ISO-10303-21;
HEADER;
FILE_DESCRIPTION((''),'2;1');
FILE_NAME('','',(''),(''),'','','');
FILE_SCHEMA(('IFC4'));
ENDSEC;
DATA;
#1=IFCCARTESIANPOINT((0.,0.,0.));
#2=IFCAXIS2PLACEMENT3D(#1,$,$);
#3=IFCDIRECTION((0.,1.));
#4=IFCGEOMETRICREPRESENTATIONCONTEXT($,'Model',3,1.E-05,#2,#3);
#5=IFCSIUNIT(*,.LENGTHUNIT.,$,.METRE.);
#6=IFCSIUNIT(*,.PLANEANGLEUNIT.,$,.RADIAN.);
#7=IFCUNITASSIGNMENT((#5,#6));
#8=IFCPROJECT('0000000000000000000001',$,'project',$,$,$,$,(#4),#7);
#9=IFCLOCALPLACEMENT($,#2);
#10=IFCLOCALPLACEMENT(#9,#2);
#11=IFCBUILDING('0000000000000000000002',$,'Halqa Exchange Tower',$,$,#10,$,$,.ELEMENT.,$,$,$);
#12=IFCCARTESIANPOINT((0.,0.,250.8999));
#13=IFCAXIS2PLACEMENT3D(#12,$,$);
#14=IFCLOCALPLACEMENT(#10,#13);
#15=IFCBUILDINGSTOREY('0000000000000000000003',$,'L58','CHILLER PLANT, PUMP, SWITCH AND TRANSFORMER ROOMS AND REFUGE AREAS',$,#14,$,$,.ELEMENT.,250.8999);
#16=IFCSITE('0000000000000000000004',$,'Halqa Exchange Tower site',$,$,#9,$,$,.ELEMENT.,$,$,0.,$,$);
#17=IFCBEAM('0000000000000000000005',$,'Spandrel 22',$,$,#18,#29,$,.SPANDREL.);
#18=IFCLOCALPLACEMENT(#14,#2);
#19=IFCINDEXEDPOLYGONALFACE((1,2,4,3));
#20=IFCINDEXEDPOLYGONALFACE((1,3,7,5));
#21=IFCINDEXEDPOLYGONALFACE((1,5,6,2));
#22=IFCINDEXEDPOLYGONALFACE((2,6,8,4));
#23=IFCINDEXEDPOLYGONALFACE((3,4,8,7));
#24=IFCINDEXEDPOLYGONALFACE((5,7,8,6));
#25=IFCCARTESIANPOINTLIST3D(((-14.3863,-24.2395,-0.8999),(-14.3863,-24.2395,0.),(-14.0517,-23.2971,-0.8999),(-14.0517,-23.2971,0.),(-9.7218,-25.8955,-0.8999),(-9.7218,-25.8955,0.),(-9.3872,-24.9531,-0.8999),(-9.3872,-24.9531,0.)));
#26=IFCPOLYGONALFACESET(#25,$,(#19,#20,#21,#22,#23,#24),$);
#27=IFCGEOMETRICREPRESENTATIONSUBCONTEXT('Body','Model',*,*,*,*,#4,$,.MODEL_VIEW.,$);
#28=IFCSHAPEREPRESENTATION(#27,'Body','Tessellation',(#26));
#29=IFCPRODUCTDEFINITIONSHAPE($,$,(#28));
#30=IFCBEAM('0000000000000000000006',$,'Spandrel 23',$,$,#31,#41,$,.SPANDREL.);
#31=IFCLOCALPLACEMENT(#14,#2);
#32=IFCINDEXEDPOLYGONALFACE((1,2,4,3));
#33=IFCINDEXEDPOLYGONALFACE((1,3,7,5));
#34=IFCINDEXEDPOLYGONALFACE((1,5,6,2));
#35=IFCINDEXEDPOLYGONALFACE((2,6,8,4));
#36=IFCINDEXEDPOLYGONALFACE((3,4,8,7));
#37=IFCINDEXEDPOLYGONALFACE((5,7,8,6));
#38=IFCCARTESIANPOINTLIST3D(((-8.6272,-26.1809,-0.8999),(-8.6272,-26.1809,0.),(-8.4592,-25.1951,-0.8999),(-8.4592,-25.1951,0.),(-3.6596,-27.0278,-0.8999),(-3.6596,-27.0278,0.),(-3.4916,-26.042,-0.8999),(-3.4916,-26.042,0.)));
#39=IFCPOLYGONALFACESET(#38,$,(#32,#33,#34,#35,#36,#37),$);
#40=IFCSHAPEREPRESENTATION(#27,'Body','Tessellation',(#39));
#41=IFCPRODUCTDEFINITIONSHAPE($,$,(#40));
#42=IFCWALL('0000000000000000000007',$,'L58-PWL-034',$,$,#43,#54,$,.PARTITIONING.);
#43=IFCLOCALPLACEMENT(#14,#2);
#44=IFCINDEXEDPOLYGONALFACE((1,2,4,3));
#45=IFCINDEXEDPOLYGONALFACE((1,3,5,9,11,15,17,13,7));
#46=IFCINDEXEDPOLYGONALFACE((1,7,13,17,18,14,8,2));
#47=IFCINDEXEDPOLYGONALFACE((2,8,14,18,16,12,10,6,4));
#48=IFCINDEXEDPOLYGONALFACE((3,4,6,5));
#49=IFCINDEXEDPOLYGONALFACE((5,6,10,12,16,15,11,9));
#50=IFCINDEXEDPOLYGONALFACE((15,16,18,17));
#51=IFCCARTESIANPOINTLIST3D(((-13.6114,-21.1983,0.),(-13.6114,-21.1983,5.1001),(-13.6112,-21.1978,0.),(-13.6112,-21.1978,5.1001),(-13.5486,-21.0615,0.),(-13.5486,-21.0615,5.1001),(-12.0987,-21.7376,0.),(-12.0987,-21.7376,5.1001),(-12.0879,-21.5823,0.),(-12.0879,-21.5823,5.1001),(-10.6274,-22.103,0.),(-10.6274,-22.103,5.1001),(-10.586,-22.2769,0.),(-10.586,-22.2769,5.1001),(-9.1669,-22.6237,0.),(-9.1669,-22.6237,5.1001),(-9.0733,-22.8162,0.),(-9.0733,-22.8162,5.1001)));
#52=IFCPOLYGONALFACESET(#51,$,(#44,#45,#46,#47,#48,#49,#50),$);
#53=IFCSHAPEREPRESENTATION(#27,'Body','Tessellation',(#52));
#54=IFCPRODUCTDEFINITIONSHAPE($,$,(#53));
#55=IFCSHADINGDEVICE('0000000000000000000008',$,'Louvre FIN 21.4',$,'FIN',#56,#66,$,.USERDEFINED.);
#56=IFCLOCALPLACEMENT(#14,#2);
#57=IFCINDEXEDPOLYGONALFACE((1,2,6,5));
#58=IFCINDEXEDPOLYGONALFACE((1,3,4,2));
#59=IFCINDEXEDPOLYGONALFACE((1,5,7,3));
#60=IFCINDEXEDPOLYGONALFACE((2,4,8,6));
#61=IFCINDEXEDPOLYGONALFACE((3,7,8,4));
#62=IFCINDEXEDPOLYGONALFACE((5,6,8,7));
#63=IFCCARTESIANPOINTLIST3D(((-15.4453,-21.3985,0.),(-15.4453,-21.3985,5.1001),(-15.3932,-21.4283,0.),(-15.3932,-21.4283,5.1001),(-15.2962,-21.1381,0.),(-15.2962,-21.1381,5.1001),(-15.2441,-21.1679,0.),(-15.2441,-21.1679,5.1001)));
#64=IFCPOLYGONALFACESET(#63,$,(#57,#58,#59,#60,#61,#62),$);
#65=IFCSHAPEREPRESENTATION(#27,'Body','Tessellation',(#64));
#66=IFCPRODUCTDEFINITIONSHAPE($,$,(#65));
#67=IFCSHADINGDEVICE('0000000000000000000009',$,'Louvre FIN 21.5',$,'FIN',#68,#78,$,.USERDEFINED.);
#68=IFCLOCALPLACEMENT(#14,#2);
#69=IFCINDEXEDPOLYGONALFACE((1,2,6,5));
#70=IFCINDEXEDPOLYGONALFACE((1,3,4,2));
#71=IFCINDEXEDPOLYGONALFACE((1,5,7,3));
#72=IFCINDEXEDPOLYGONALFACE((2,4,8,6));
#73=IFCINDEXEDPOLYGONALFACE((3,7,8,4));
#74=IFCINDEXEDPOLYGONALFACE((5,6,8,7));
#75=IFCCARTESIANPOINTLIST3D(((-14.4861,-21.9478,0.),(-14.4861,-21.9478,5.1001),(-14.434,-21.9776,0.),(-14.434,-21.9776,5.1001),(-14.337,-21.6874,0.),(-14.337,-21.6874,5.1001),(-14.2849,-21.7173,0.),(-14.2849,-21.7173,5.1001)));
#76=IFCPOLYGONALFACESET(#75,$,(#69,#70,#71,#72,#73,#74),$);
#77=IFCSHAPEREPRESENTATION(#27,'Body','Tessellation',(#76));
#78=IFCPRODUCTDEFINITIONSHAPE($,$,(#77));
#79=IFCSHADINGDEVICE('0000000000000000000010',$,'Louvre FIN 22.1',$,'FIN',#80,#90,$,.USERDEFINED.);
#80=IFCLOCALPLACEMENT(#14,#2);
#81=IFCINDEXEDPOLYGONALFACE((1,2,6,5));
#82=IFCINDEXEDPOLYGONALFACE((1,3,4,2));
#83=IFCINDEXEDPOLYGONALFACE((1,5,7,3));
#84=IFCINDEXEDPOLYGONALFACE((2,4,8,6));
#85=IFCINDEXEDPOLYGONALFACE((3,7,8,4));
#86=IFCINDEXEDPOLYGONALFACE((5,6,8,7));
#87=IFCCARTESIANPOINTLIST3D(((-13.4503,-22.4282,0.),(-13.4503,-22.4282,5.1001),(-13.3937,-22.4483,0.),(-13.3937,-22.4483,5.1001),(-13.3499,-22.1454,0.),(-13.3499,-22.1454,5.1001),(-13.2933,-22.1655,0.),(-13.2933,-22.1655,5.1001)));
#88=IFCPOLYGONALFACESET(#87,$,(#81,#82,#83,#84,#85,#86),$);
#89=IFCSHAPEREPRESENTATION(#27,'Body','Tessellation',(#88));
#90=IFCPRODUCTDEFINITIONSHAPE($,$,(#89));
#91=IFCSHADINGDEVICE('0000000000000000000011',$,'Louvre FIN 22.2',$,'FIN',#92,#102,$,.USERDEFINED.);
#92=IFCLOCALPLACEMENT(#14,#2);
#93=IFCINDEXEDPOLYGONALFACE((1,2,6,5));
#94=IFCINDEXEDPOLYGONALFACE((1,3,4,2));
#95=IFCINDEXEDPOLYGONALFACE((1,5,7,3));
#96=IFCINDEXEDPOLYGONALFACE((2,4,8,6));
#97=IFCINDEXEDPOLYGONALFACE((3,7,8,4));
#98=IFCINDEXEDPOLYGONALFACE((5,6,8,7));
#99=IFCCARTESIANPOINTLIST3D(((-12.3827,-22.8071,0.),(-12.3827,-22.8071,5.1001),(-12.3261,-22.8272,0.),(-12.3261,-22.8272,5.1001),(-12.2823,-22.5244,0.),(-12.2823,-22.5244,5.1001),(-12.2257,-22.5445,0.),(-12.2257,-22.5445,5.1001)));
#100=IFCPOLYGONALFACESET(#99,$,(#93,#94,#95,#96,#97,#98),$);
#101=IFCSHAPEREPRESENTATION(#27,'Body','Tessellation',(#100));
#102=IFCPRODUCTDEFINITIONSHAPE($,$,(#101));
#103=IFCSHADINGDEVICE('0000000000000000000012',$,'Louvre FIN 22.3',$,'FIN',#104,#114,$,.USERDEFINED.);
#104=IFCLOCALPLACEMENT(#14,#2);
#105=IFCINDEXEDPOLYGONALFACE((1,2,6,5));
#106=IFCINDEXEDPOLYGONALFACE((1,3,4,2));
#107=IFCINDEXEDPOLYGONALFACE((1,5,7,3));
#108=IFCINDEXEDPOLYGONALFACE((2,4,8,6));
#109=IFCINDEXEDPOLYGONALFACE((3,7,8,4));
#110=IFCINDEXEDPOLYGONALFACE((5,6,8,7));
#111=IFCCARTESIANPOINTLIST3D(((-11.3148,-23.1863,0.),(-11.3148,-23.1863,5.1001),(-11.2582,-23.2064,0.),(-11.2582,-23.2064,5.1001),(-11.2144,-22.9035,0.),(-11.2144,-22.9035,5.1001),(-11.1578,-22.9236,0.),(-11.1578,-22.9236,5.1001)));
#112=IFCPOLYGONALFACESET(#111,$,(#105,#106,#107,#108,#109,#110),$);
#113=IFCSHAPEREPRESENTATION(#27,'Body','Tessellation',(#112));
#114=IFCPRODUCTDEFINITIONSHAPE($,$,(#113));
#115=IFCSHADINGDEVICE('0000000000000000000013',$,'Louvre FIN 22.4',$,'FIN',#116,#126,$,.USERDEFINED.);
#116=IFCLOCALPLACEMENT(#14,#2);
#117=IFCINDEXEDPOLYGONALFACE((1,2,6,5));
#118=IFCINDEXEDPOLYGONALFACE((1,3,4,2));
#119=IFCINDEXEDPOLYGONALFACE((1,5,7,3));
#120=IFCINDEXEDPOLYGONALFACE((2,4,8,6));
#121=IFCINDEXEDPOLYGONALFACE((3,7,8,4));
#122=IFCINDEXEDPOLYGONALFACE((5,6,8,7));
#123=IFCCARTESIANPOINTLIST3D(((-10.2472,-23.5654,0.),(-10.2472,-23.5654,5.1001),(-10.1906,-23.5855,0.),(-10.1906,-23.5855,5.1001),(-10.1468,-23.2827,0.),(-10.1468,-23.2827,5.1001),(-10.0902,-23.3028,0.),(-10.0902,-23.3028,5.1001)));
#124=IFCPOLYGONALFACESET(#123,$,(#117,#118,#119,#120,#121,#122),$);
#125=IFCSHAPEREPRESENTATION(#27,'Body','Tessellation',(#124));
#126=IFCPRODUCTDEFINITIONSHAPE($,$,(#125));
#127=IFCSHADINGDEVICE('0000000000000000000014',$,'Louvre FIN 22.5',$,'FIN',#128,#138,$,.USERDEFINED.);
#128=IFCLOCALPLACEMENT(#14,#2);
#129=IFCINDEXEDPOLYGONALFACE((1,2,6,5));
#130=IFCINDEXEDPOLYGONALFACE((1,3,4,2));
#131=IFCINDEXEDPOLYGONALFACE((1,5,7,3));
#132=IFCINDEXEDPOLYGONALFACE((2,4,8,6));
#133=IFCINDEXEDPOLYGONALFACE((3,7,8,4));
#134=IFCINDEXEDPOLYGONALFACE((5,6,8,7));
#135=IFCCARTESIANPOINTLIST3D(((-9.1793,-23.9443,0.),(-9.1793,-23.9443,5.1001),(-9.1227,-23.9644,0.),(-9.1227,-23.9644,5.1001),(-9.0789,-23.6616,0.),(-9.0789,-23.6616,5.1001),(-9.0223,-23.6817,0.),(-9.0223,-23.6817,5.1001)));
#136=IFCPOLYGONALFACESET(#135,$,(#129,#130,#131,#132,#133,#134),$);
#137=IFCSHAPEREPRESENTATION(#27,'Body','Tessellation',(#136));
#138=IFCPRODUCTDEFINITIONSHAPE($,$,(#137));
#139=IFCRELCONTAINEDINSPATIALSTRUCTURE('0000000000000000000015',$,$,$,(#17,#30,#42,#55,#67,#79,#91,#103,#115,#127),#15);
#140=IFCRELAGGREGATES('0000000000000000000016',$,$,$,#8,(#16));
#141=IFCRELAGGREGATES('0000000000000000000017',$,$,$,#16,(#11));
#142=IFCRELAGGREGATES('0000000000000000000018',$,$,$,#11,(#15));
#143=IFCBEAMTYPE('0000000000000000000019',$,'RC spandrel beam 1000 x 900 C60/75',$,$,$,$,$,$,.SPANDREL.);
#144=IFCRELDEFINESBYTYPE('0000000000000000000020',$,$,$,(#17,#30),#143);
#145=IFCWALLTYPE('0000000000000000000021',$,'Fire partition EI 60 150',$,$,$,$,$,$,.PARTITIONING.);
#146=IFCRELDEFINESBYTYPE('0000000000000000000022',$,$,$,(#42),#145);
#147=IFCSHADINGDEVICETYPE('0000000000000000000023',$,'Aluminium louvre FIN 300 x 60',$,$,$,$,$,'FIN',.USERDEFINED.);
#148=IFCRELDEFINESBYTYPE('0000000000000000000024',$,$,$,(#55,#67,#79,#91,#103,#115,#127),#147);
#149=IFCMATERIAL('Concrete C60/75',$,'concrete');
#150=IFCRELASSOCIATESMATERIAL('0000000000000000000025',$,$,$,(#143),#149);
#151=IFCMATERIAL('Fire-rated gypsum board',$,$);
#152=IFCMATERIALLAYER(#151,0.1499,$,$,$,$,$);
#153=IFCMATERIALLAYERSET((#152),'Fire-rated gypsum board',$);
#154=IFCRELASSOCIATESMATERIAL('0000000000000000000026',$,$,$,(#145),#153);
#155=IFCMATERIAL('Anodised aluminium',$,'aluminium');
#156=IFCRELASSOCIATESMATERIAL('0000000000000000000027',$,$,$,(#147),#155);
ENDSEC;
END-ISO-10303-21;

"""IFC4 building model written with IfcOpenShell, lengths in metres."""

from ifc_helpers import new_model, si_unit, direction, frame, origin, origin_2d, place, context, subcontext, project, spatial, polyline, rectangle, outline, extrude, material, layer, layer_set, material_profile, profile_set, type_object, element, save


model = new_model("IFC4")

# Units and contexts
model_context = context("Model", 3, precision=1e-05, world=origin(), true_north=direction((0.0, 1.0)))
body_context = subcontext(model_context, "Body", "Model", "MODEL_VIEW")
ifc_project = project(units=[si_unit("LENGTHUNIT", "METRE"), si_unit("PLANEANGLEUNIT", "RADIAN")], contexts=[model_context])

# Site, building, storey
site_placement = place(None, origin())
site = spatial("IfcSite", under=ifc_project, at=site_placement, Name="Halqa Exchange Tower site", CompositionType="ELEMENT", RefElevation=0.0)
building_placement = place(site_placement, origin())
building = spatial("IfcBuilding", under=site, at=building_placement, Name="Halqa Exchange Tower", CompositionType="ELEMENT")
storey_placement = place(building_placement, frame((0.0, 0.0, 250.8999)))
storey = spatial("IfcBuildingStorey", under=building, at=storey_placement, Name="L58", Description="CHILLER PLANT, PUMP, SWITCH AND TRANSFORMER ROOMS AND REFUGE AREAS", CompositionType="ELEMENT", Elevation=250.8999)

# Shared definitions
ifc_material_1 = material(Name="Concrete C60/75", Category="concrete")

# Beams
ifc_material_profile_1 = material_profile(ifc_material_1, rectangle(XDim=1.0, YDim=0.8999, at=origin_2d()), Name="1000 x 900")
ifc_profile_set_1 = profile_set([ifc_material_profile_1], Name="Concrete C60/75")
beam_type = type_object("IfcBeamType", Name="RC spandrel beam 1000 x 900 C60/75", PredefinedType="SPANDREL", material=ifc_profile_set_1)
beam_1_placement = place(storey_placement, frame((-14.219, -23.7683, -0.45), z_axis=(0.942374, -0.334561, 0.0), x_axis=(0.334561, 0.942374, 0.0)))
element("IfcBeam", 1, at=beam_1_placement, inside=storey, type_object=beam_type, Name="Spandrel 22", PredefinedType="SPANDREL", context=body_context, shape_type="SweptSolid", body=[
    extrude(rectangle(XDim=1.0, YDim=0.8999, at=origin_2d()), origin(), (0.0, 0.0, 1.0), 4.9497),
])
beam_2_placement = place(storey_placement, frame((-8.5432, -25.688, -0.45), z_axis=(0.985776, -0.168067, 0.0), x_axis=(0.168067, 0.985776, 0.0)))
element("IfcBeam", 2, at=beam_2_placement, inside=storey, type_object=beam_type, Name="Spandrel 23", PredefinedType="SPANDREL", context=body_context, shape_type="SweptSolid", body=[
    extrude(rectangle(XDim=1.0, YDim=0.8999, at=origin_2d()), origin(), (0.0, 0.0, 1.0), 5.0393),
])

# Wall
ifc_material_2 = material(Name="Fire-rated gypsum board")
ifc_layer_1 = layer(ifc_material_2, 0.1499)
ifc_layer_set_1 = layer_set([ifc_layer_1], Name="Fire-rated gypsum board")
wall_type = type_object("IfcWallType", Name="Fire partition EI 60 150", PredefinedType="PARTITIONING", material=ifc_layer_set_1)
wall_1_placement = place(storey_placement, frame((-13.5862, -21.1277, 0.0), z_axis=(0.0, 0.0, 1.0), x_axis=(0.941927, -0.335816, 0.0)))
element("IfcWall", 3, at=wall_1_placement, inside=storey, type_object=wall_type, Name="L58-PWL-034", PredefinedType="PARTITIONING", context=body_context, shape_type="SweptSolid", body=[
    extrude(outline(polyline([(4.8179, -0.075), (4.8179, -0.075), (4.665, 0.075), (3.1145, 0.075), (1.564, 0.075), (0.0132, 0.075), (0.0, -0.0745), (0.0, -0.075), (1.606, -0.075), (3.2119, -0.075), (4.8179, -0.075)])), origin(), (0.0, 0.0, 1.0), 5.1001),
])

# Shading devices
ifc_material_3 = material(Name="Anodised aluminium", Category="aluminium")
ifc_material_profile_2 = material_profile(ifc_material_3, rectangle(XDim=0.3, YDim=0.0601, at=origin_2d()), Name="AL FIN 300x60")
ifc_profile_set_2 = profile_set([ifc_material_profile_2], Name="Anodised aluminium")
shading_device_type = type_object("IfcShadingDeviceType", Name="Aluminium louvre FIN 300 x 60", ElementType="FIN", PredefinedType="USERDEFINED", material=ifc_profile_set_2)
for number, where, z_axis, x_axis, name in (
    (4, (-15.3447, -21.2832, 0.0), (0.0, 0.0, 1.0), (0.496985, 0.867759, 0.0), "Louvre FIN 21.4"),
    (5, (-14.3855, -21.8325, 0.0), (0.0, 0.0, 1.0), (0.496985, 0.867759, 0.0), "Louvre FIN 21.5"),
    (6, (-13.3718, -22.2969, 0.0), (0.0, 0.0, 1.0), (0.334578, 0.942368, 0.0), "Louvre FIN 22.1"),
    (7, (-12.3042, -22.6758, 0.0), (0.0, 0.0, 1.0), (0.334578, 0.942368, 0.0), "Louvre FIN 22.2"),
    (8, (-11.2363, -23.0549, 0.0), (0.0, 0.0, 1.0), (0.334578, 0.942368, 0.0), "Louvre FIN 22.3"),
    (9, (-10.1687, -23.4341, 0.0), (0.0, 0.0, 1.0), (0.334578, 0.942368, 0.0), "Louvre FIN 22.4"),
    (10, (-9.1008, -23.813, 0.0), (0.0, 0.0, 1.0), (0.334578, 0.942368, 0.0), "Louvre FIN 22.5"),
):
    element("IfcShadingDevice", number, at=place(storey_placement, frame(where, z_axis=z_axis, x_axis=x_axis)), inside=storey, type_object=shading_device_type, Name=name, ObjectType="FIN", PredefinedType="USERDEFINED", context=body_context, shape_type="SweptSolid", body=[
        extrude(rectangle(XDim=0.3, YDim=0.0601, at=origin_2d()), origin(), (0.0, 0.0, 1.0), 5.1001),
    ])

save(model, "model.ifc")
